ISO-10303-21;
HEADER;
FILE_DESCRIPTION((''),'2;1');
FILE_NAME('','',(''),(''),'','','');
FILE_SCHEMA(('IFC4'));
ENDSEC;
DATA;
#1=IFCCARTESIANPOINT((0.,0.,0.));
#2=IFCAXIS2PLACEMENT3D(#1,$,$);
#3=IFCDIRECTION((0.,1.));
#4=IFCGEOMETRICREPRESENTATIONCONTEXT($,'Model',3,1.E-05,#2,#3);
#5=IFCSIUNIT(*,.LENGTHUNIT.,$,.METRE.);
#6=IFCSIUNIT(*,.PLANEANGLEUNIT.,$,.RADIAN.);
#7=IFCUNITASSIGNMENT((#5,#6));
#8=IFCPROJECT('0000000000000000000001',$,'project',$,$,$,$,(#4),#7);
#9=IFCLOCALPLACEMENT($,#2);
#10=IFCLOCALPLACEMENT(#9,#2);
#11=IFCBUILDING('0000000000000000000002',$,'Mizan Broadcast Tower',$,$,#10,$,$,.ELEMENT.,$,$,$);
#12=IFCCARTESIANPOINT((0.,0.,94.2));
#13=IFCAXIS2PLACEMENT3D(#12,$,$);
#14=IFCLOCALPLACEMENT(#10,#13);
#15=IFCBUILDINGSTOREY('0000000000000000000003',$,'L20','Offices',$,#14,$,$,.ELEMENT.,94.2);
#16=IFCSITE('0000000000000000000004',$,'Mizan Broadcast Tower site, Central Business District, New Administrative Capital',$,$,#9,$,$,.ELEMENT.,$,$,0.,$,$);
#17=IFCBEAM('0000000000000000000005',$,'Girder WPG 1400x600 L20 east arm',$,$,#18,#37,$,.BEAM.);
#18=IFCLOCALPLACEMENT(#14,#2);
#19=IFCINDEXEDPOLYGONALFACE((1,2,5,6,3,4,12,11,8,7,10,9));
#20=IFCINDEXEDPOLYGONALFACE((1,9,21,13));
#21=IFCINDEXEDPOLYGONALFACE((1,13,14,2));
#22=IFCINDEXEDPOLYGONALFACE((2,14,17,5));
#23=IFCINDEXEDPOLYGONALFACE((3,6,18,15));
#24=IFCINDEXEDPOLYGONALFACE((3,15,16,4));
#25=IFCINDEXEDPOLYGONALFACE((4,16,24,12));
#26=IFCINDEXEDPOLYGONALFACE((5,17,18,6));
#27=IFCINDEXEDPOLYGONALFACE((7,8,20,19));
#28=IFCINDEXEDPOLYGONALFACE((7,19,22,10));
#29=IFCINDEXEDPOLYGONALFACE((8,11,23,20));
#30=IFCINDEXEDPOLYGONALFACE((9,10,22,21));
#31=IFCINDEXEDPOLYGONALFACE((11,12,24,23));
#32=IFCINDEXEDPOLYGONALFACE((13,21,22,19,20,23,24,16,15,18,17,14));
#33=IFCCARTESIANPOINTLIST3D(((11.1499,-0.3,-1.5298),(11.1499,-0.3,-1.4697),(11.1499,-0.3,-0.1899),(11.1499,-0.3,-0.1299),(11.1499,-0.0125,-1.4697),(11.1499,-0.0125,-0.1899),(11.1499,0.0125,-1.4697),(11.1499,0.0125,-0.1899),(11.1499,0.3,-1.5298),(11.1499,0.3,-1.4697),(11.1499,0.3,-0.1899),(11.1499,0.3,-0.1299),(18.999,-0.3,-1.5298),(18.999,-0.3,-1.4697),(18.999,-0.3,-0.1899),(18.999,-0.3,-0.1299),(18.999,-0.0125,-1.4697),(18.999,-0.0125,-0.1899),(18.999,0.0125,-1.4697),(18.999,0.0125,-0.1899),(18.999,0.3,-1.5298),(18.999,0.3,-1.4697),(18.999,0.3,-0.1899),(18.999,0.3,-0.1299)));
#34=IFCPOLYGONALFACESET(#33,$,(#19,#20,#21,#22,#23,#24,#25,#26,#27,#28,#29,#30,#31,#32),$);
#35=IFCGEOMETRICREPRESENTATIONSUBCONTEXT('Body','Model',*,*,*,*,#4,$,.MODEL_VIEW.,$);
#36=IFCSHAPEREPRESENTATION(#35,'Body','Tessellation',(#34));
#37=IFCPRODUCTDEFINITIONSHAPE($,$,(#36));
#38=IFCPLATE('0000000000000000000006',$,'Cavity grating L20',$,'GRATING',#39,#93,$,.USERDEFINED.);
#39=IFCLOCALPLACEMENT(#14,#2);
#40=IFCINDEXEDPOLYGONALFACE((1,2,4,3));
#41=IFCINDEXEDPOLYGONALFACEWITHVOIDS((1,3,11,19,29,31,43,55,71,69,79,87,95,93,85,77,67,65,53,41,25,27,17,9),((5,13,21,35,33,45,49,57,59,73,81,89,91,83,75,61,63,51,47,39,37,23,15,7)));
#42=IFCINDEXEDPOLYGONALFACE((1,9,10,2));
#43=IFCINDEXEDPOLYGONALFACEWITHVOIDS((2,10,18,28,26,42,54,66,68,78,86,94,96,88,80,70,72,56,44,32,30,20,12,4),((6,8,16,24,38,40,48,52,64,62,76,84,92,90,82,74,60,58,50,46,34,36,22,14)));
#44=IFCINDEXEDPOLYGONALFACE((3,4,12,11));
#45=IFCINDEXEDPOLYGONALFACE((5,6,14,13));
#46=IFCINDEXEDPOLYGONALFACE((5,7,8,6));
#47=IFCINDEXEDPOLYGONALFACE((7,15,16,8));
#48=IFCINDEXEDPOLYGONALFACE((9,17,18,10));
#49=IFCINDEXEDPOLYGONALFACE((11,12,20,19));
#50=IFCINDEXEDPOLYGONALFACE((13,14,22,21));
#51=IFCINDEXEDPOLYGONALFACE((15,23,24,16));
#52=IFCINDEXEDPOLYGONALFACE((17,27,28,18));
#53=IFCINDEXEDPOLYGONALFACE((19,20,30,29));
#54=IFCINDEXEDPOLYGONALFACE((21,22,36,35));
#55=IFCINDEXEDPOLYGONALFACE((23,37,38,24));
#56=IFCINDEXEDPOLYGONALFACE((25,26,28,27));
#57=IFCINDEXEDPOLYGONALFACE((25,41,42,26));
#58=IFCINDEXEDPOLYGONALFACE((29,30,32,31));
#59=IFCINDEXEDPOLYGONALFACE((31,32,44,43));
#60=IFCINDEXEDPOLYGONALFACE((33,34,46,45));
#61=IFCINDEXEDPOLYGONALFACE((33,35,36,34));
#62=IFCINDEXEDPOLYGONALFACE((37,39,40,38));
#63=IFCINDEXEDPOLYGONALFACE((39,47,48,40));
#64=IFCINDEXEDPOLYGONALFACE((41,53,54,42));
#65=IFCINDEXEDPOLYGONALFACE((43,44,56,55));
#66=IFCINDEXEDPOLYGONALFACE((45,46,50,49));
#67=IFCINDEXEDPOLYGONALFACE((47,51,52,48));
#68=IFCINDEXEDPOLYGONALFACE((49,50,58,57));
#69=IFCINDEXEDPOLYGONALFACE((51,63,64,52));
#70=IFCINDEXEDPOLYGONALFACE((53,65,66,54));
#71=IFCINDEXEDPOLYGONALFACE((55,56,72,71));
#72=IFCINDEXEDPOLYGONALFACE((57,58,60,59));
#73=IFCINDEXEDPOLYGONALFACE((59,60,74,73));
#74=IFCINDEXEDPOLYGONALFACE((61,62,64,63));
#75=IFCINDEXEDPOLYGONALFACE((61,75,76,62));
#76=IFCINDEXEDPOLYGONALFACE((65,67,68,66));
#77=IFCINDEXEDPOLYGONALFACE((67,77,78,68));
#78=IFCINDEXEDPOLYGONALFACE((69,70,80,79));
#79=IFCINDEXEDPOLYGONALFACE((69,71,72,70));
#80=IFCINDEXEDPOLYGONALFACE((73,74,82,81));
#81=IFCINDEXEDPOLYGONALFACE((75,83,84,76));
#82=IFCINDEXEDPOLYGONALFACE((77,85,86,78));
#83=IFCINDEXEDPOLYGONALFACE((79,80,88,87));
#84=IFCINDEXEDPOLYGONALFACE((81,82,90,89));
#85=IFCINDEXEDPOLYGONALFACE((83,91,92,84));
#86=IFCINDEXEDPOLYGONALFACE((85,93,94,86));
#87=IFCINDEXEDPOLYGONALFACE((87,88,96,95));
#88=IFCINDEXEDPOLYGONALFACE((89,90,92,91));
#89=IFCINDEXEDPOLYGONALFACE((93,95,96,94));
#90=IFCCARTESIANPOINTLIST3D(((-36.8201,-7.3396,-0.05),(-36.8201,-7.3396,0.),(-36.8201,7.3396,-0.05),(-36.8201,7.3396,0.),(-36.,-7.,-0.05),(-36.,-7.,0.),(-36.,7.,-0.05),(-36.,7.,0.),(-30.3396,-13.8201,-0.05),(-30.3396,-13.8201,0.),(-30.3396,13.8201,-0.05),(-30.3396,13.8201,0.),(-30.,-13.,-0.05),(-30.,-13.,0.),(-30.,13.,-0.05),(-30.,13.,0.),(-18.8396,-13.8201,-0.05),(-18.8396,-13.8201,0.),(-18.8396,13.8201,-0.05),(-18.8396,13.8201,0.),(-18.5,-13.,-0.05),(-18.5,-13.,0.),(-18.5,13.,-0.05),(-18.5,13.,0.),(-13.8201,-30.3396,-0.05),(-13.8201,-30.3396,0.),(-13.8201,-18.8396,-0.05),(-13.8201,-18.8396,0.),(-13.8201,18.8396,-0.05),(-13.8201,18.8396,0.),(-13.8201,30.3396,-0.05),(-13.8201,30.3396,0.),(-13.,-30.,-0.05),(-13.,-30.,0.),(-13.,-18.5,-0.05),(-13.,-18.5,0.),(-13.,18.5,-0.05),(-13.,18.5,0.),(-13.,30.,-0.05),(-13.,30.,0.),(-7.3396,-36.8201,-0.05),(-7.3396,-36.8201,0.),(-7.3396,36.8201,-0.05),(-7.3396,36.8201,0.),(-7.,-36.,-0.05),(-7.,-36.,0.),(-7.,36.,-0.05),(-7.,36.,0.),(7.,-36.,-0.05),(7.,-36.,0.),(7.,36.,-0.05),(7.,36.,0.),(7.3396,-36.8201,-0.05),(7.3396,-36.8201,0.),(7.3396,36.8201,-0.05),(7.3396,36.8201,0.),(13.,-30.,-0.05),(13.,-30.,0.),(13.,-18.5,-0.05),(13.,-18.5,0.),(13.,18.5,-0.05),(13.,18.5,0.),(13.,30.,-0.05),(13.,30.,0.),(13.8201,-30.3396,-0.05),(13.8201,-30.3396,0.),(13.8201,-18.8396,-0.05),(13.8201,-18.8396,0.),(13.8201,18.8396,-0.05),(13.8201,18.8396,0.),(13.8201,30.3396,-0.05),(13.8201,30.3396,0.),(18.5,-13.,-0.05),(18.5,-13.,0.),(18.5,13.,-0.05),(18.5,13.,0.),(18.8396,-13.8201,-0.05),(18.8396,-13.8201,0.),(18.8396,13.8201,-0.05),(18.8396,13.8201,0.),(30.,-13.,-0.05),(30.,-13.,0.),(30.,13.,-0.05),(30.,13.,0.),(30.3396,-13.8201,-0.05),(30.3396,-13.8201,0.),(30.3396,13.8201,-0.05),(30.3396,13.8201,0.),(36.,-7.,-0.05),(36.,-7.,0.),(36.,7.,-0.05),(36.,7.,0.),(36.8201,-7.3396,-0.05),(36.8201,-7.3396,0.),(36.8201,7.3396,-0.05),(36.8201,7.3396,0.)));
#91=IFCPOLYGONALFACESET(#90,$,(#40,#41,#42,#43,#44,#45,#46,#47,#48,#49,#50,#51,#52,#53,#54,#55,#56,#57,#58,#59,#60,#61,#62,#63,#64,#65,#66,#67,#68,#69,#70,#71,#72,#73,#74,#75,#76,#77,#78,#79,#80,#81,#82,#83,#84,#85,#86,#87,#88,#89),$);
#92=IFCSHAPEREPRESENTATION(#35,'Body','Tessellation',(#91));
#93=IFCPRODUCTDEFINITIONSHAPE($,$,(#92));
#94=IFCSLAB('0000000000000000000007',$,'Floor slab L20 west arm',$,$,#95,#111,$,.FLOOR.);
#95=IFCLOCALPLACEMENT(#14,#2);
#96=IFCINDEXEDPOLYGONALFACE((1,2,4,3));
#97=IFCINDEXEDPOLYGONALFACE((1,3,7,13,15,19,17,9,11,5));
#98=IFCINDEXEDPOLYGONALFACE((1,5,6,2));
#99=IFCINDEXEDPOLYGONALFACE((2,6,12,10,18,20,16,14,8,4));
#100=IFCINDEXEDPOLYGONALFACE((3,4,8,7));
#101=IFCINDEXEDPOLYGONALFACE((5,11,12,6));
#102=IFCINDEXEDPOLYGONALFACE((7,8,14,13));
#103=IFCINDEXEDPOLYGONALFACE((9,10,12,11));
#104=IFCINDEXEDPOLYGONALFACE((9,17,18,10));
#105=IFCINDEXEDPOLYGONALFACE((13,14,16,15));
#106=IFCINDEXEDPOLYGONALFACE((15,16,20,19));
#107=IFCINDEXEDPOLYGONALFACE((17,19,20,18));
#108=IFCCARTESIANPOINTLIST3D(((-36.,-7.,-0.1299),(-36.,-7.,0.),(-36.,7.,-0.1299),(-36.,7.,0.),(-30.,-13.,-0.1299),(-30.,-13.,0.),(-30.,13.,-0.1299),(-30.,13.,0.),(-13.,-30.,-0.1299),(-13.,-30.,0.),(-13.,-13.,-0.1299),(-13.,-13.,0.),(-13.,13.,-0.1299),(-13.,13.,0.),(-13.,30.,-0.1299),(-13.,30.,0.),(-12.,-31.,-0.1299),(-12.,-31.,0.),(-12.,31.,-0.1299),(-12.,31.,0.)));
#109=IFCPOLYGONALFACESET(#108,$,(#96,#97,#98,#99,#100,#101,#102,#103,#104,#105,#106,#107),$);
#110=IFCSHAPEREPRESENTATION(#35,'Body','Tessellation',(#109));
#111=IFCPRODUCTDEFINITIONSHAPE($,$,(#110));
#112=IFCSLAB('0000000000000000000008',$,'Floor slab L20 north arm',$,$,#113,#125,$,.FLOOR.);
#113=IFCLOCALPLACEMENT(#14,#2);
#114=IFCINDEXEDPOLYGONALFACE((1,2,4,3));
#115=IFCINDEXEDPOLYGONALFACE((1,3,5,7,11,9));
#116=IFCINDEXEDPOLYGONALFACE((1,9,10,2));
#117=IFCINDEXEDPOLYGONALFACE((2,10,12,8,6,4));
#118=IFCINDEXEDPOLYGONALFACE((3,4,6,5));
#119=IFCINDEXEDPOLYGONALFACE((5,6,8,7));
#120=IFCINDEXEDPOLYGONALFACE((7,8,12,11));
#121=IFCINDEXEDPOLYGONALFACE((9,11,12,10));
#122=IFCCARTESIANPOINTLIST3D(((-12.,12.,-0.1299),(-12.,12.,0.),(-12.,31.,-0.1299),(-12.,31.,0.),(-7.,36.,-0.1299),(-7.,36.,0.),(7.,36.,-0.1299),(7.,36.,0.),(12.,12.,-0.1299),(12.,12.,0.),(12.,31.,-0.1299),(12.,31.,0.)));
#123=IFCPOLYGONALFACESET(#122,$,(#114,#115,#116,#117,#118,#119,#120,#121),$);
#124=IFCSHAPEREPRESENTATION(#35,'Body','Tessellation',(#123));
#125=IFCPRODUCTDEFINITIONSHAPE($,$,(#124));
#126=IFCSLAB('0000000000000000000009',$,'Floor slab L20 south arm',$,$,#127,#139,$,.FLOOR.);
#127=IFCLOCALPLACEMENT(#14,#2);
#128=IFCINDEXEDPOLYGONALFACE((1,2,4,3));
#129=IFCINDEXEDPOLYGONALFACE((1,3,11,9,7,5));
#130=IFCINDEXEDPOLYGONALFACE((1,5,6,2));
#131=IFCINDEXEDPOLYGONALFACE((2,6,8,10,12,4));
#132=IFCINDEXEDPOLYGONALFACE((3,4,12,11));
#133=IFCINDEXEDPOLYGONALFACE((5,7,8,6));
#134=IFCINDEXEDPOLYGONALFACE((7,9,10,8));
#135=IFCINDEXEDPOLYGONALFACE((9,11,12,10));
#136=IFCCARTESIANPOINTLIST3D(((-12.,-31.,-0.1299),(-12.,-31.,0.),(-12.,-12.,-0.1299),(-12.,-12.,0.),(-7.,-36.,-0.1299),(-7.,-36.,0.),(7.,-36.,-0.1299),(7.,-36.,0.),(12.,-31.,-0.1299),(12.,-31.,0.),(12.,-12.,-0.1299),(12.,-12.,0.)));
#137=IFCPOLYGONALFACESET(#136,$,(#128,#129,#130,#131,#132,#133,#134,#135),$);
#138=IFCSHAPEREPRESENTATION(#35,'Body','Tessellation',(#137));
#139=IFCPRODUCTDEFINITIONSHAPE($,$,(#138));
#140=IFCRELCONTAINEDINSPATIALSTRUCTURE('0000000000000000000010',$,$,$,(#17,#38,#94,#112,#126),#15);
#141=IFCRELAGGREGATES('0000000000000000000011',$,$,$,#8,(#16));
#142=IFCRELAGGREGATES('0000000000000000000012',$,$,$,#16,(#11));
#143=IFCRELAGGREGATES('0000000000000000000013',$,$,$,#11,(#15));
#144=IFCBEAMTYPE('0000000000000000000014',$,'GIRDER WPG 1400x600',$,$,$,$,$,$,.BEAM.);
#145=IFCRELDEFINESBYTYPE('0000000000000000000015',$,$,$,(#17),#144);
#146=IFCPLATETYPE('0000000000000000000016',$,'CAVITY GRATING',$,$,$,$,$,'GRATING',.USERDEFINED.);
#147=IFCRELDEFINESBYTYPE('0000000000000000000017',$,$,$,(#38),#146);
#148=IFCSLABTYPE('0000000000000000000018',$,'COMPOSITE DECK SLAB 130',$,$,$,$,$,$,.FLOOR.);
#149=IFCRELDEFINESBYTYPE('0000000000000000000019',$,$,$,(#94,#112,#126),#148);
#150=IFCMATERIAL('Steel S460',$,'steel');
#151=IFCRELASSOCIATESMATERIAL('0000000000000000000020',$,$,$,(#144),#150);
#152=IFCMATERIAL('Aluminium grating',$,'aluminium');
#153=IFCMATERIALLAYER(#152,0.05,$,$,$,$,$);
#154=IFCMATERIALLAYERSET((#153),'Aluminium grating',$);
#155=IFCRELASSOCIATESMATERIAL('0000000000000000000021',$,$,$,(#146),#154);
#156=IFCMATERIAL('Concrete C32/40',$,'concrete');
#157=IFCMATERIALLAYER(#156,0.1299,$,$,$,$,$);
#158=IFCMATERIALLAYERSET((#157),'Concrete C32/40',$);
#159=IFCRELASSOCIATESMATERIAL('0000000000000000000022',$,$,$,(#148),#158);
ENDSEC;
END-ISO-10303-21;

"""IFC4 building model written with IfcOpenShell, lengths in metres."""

from ifc_helpers import new_model, si_unit, direction, frame, origin, origin_2d, place, context, subcontext, project, spatial, polyline, i_section, outline, extrude, material, layer, layer_set, material_profile, profile_set, type_object, element, save


model = new_model("IFC4")

# Units and contexts
model_context = context("Model", 3, precision=1e-05, world=origin(), true_north=direction((0.0, 1.0)))
body_context = subcontext(model_context, "Body", "Model", "MODEL_VIEW")
ifc_project = project(units=[si_unit("LENGTHUNIT", "METRE"), si_unit("PLANEANGLEUNIT", "RADIAN")], contexts=[model_context])

# Site, building, storey
site_placement = place(None, origin())
site = spatial("IfcSite", under=ifc_project, at=site_placement, Name="Mizan Broadcast Tower site, Central Business District, New Administrative Capital", CompositionType="ELEMENT", RefElevation=0.0)
building_placement = place(site_placement, origin())
building = spatial("IfcBuilding", under=site, at=building_placement, Name="Mizan Broadcast Tower", CompositionType="ELEMENT")
storey_placement = place(building_placement, frame((0.0, 0.0, 94.2)))
storey = spatial("IfcBuildingStorey", under=building, at=storey_placement, Name="L20", Description="Offices", CompositionType="ELEMENT", Elevation=94.2)

# Beam
ifc_material_1 = material(Name="Steel S460", Category="steel")
ifc_material_profile = material_profile(ifc_material_1, i_section(OverallWidth=0.6001, OverallDepth=1.3999, WebThickness=0.0249, FlangeThickness=0.0601, at=origin_2d()), Name="WPG 1400x600")
ifc_profile_set = profile_set([ifc_material_profile], Name="Steel S460")
beam_type = type_object("IfcBeamType", Name="GIRDER WPG 1400x600", PredefinedType="BEAM", material=ifc_profile_set)
beam_placement = place(storey_placement, frame((11.1499, 0.0, -0.8298), z_axis=(1.0, 0.0, 0.0), x_axis=(0.0, 1.0, 0.0)))
element("IfcBeam", 1, at=beam_placement, inside=storey, type_object=beam_type, Name="Girder WPG 1400x600 L20 east arm", PredefinedType="BEAM", context=body_context, shape_type="SweptSolid", body=[
    extrude(i_section(OverallWidth=0.6001, OverallDepth=1.3999, WebThickness=0.0249, FlangeThickness=0.0601, at=origin_2d()), origin(), (0.0, 0.0, 1.0), 7.8491),
])

# Plate
ifc_material_2 = material(Name="Aluminium grating", Category="aluminium")
ifc_layer_1 = layer(ifc_material_2, 0.05)
ifc_layer_set_1 = layer_set([ifc_layer_1], Name="Aluminium grating")
plate_type = type_object("IfcPlateType", Name="CAVITY GRATING", ElementType="GRATING", PredefinedType="USERDEFINED", material=ifc_layer_set_1)
plate_placement = place(storey_placement, frame((0.0, 0.0, -0.05)))
element("IfcPlate", 2, at=plate_placement, inside=storey, type_object=plate_type, Name="Cavity grating L20", ObjectType="GRATING", PredefinedType="USERDEFINED", context=body_context, shape_type="SweptSolid", body=[
    extrude(outline(polyline([(13.8201, -18.8396), (18.8396, -13.8201), (30.3396, -13.8201), (36.8201, -7.3396), (36.8201, 7.3396), (30.3396, 13.8201), (18.8396, 13.8201), (13.8201, 18.8396), (13.8201, 30.3396), (7.3396, 36.8201), (-7.3396, 36.8201), (-13.8201, 30.3396), (-13.8201, 18.8396), (-18.8396, 13.8201), (-30.3396, 13.8201), (-36.8201, 7.3396), (-36.8201, -7.3396), (-30.3396, -13.8201), (-18.8396, -13.8201), (-13.8201, -18.8396), (-13.8201, -30.3396), (-7.3396, -36.8201), (7.3396, -36.8201), (13.8201, -30.3396), (13.8201, -18.8396)]), holes=[polyline([(36.0, 7.0), (36.0, -7.0), (30.0, -13.0), (18.5, -13.0), (13.0, -18.5), (13.0, -30.0), (7.0, -36.0), (-7.0, -36.0), (-13.0, -30.0), (-13.0, -18.5), (-18.5, -13.0), (-30.0, -13.0), (-36.0, -7.0), (-36.0, 7.0), (-30.0, 13.0), (-18.5, 13.0), (-13.0, 18.5), (-13.0, 30.0), (-7.0, 36.0), (7.0, 36.0), (13.0, 30.0), (13.0, 18.5), (18.5, 13.0), (30.0, 13.0), (36.0, 7.0)])]), origin(), (0.0, 0.0, 1.0), 0.05),
])

# Slabs
ifc_material_3 = material(Name="Concrete C32/40", Category="concrete")
ifc_layer_2 = layer(ifc_material_3, 0.1299)
ifc_layer_set_2 = layer_set([ifc_layer_2], Name="Concrete C32/40")
slab_type_1 = type_object("IfcSlabType", Name="COMPOSITE DECK SLAB 130", PredefinedType="FLOOR", material=ifc_layer_set_2)
slab_1_placement = place(storey_placement, frame((0.0, 0.0, -0.1299)))
element("IfcSlab", 3, at=slab_1_placement, inside=storey, type_object=slab_type_1, Name="Floor slab L20 west arm", PredefinedType="FLOOR", context=body_context, shape_type="SweptSolid", body=[
    extrude(outline(polyline([(-13.0, -30.0), (-12.0, -31.0), (-12.0, 31.0), (-13.0, 30.0), (-13.0, 13.0), (-30.0, 13.0), (-36.0, 7.0), (-36.0, -7.0), (-30.0, -13.0), (-13.0, -13.0), (-13.0, -30.0)])), origin(), (0.0, 0.0, 1.0), 0.1299),
])
slab_2_placement = place(storey_placement, frame((0.0, 0.0, -0.1299)))
element("IfcSlab", 4, at=slab_2_placement, inside=storey, type_object=slab_type_1, Name="Floor slab L20 north arm", PredefinedType="FLOOR", context=body_context, shape_type="SweptSolid", body=[
    extrude(outline(polyline([(-7.0, 36.0), (-12.0, 31.0), (-12.0, 12.0), (12.0, 12.0), (12.0, 31.0), (7.0, 36.0), (-7.0, 36.0)])), origin(), (0.0, 0.0, 1.0), 0.1299),
])
slab_3_placement = place(storey_placement, frame((0.0, 0.0, -0.1299)))
element("IfcSlab", 5, at=slab_3_placement, inside=storey, type_object=slab_type_1, Name="Floor slab L20 south arm", PredefinedType="FLOOR", context=body_context, shape_type="SweptSolid", body=[
    extrude(outline(polyline([(7.0, -36.0), (12.0, -31.0), (12.0, -12.0), (-12.0, -12.0), (-12.0, -31.0), (-7.0, -36.0), (7.0, -36.0)])), origin(), (0.0, 0.0, 1.0), 0.1299),
])

save(model, "model.ifc")
